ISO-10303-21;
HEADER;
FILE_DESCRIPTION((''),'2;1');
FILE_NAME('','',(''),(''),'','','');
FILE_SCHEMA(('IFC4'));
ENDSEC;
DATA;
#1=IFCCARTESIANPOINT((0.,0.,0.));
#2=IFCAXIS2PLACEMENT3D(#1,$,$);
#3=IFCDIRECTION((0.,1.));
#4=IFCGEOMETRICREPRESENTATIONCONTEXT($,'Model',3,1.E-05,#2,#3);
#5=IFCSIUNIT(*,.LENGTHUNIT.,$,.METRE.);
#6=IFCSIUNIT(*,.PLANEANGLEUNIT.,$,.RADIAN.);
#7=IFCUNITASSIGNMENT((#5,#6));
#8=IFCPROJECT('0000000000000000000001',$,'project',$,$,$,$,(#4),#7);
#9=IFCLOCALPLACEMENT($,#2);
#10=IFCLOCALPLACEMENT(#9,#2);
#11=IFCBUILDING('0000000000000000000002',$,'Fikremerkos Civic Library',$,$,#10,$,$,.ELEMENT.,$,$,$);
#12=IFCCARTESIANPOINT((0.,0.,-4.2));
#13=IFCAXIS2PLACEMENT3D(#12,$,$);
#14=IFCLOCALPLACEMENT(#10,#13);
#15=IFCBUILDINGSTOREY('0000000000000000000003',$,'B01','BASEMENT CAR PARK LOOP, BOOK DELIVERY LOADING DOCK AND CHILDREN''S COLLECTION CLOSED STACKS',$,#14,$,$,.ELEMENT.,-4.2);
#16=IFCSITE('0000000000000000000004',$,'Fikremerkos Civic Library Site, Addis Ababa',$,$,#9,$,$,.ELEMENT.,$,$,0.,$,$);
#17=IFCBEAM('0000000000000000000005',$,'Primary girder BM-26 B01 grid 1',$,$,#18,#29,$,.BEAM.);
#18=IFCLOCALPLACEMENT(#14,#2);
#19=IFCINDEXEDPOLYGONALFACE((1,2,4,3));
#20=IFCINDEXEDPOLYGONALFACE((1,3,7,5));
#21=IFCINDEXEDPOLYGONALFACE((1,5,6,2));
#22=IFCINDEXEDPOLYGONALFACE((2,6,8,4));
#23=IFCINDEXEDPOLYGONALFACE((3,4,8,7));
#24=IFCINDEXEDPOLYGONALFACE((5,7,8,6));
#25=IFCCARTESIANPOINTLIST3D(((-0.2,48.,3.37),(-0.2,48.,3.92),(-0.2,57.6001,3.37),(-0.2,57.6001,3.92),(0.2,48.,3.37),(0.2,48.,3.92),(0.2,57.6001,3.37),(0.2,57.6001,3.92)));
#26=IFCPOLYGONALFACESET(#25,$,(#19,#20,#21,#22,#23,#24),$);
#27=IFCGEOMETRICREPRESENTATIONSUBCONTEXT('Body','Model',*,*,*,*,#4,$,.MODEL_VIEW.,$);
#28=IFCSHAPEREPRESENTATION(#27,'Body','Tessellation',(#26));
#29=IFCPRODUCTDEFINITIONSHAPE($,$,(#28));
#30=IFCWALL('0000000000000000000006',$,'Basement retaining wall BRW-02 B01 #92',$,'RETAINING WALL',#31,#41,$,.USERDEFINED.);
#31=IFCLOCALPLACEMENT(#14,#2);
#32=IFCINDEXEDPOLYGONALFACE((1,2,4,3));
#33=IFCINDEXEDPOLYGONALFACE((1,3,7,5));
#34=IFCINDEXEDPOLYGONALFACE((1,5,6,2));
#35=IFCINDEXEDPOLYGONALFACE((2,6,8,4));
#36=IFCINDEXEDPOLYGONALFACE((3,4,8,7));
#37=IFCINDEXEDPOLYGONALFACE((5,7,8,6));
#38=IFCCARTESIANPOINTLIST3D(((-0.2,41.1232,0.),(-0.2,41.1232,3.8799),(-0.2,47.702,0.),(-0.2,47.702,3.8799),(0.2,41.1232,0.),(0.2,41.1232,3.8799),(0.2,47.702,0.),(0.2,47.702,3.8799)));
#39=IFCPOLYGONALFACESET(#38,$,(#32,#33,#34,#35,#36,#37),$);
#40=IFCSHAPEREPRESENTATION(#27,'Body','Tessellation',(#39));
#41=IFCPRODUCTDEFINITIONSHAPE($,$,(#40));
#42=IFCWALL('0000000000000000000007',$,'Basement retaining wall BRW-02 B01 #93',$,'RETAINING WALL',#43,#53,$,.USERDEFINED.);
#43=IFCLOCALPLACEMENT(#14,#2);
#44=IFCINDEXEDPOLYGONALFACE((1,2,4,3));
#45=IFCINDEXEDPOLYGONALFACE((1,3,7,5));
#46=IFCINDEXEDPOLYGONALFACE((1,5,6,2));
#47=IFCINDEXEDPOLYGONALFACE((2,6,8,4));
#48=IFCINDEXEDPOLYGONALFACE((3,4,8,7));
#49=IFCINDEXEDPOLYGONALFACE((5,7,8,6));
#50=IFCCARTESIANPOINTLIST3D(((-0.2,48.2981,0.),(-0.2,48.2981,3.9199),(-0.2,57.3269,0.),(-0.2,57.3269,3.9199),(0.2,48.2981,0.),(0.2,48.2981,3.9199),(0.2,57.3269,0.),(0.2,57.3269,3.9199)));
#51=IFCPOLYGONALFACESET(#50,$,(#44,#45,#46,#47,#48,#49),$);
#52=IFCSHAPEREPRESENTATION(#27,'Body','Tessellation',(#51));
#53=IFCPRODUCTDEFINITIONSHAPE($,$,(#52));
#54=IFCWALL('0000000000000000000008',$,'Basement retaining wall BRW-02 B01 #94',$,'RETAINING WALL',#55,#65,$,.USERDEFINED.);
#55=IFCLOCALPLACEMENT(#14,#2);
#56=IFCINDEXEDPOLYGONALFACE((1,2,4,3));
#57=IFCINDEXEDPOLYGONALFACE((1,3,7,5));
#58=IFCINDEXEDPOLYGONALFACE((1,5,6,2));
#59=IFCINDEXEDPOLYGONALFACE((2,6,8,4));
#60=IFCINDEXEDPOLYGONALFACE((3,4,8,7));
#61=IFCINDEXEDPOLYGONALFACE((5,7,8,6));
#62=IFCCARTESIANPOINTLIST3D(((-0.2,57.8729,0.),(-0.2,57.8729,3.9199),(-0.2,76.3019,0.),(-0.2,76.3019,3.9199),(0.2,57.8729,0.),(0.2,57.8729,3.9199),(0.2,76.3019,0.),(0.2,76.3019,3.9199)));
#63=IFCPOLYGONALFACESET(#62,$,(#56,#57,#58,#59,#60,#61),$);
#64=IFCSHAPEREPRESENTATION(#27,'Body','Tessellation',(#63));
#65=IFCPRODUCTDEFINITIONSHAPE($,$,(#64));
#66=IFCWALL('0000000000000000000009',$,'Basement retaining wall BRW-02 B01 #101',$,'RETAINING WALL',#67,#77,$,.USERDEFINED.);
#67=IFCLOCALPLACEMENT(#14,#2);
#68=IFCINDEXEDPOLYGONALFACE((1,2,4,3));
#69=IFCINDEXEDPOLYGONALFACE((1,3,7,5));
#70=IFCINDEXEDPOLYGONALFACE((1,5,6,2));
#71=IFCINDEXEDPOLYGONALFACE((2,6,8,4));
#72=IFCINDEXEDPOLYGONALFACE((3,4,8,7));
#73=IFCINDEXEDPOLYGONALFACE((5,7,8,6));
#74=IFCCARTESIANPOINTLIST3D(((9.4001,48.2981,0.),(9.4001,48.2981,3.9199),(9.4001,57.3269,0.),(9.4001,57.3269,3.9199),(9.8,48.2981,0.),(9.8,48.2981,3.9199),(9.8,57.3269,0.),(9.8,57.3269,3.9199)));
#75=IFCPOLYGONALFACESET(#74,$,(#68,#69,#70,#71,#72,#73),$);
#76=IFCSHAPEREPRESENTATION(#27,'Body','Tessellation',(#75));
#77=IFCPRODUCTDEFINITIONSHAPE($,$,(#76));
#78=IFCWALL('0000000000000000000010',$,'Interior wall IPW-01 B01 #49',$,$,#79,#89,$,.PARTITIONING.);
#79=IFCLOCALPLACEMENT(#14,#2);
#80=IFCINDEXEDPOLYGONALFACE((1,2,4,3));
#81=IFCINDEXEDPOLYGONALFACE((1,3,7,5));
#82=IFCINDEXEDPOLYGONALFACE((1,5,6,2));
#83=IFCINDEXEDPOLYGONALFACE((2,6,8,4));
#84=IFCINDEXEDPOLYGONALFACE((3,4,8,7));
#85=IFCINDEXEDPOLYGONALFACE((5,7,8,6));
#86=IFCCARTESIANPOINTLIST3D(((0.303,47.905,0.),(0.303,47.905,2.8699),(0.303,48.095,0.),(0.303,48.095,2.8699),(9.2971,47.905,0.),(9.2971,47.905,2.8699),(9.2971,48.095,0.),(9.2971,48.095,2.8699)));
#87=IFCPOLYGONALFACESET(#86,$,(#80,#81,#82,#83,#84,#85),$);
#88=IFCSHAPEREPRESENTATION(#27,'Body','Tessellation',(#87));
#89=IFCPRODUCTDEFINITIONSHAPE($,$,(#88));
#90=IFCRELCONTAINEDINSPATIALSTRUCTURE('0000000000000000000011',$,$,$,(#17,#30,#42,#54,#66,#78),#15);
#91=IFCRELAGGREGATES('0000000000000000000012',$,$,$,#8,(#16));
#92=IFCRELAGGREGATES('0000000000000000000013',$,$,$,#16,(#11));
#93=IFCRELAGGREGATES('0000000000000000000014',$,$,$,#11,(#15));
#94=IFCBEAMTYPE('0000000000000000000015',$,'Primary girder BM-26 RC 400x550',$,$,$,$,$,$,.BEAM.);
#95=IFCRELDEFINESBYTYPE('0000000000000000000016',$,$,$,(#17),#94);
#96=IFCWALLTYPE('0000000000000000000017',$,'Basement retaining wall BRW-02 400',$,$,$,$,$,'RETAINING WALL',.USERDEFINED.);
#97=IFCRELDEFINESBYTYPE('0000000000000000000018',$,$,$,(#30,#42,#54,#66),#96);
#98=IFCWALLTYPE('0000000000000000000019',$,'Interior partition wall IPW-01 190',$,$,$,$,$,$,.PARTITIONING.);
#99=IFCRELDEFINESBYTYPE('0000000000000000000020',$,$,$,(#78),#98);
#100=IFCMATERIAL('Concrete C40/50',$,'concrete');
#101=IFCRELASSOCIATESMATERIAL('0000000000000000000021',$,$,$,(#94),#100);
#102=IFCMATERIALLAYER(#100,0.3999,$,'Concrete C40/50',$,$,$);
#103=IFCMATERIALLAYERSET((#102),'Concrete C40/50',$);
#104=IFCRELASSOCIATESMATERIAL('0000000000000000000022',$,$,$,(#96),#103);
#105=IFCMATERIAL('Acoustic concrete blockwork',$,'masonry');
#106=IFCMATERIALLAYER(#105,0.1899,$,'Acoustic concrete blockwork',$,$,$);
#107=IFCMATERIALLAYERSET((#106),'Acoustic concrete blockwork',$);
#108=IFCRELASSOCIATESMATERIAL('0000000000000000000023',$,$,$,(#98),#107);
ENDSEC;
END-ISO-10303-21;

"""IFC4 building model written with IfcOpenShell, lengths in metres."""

from ifc_helpers import new_model, si_unit, direction, frame, frame_2d, origin, origin_2d, place, context, subcontext, project, spatial, rectangle, extrude, material, layer, layer_set, material_profile, profile_set, type_object, element, save


model = new_model("IFC4")

# Units and contexts
model_context = context("Model", 3, precision=1e-05, world=origin(), true_north=direction((0.0, 1.0)))
body_context = subcontext(model_context, "Body", "Model", "MODEL_VIEW")
ifc_project = project(units=[si_unit("LENGTHUNIT", "METRE"), si_unit("PLANEANGLEUNIT", "RADIAN")], contexts=[model_context])

# Site, building, storey
site_placement = place(None, origin())
site = spatial("IfcSite", under=ifc_project, at=site_placement, Name="Fikremerkos Civic Library Site, Addis Ababa", CompositionType="ELEMENT", RefElevation=0.0)
building_placement = place(site_placement, origin())
building = spatial("IfcBuilding", under=site, at=building_placement, Name="Fikremerkos Civic Library", CompositionType="ELEMENT")
storey_placement = place(building_placement, frame((0.0, 0.0, -4.2)))
storey = spatial("IfcBuildingStorey", under=building, at=storey_placement, Name="B01", Description="BASEMENT CAR PARK LOOP, BOOK DELIVERY LOADING DOCK AND CHILDREN'S COLLECTION CLOSED STACKS", CompositionType="ELEMENT", Elevation=-4.2)

# Shared definitions
ifc_material_1 = material(Name="Concrete C40/50", Category="concrete")

# Beam
ifc_material_profile_1 = material_profile(ifc_material_1, rectangle(XDim=0.3999, YDim=0.55, at=origin_2d()), Name="RC 400x550")
ifc_profile_set_1 = profile_set([ifc_material_profile_1], Name="Concrete C40/50")
beam_type_1 = type_object("IfcBeamType", Name="Primary girder BM-26 RC 400x550", PredefinedType="BEAM", material=ifc_profile_set_1)
beam_1_placement = place(storey_placement, frame((0.0, 48.0, 3.645), z_axis=(0.0, 1.0, 0.0), x_axis=(-1.0, 0.0, 0.0)))
element("IfcBeam", 1, at=beam_1_placement, inside=storey, type_object=beam_type_1, Name="Primary girder BM-26 B01 grid 1", PredefinedType="BEAM", context=body_context, shape_type="SweptSolid", body=[
    extrude(rectangle(XDim=0.3999, YDim=0.55, at=origin_2d()), origin(), (0.0, 0.0, 1.0), 9.6001),
])

# Walls
ifc_layer_1 = layer(ifc_material_1, 0.3999, Name="Concrete C40/50")
ifc_layer_set_1 = layer_set([ifc_layer_1], Name="Concrete C40/50")
wall_type_1 = type_object("IfcWallType", Name="Basement retaining wall BRW-02 400", ElementType="RETAINING WALL", PredefinedType="USERDEFINED", material=ifc_layer_set_1)
wall_1_placement = place(storey_placement, frame((0.0, 41.123, 0.0), z_axis=(0.0, 0.0, 1.0), x_axis=(0.0, 1.0, 0.0)))
element("IfcWall", 2, at=wall_1_placement, inside=storey, type_object=wall_type_1, Name="Basement retaining wall BRW-02 B01 #92", ObjectType="RETAINING WALL", PredefinedType="USERDEFINED", context=body_context, shape_type="SweptSolid", body=[
    extrude(rectangle(XDim=6.5789, YDim=0.3999, at=frame_2d((3.2896, 0.0))), origin(), (0.0, 0.0, 1.0), 3.8799),
])
wall_2_placement = place(storey_placement, frame((0.0, 48.2981, 0.0), z_axis=(0.0, 0.0, 1.0), x_axis=(0.0, 1.0, 0.0)))
element("IfcWall", 3, at=wall_2_placement, inside=storey, type_object=wall_type_1, Name="Basement retaining wall BRW-02 B01 #93", ObjectType="RETAINING WALL", PredefinedType="USERDEFINED", context=body_context, shape_type="SweptSolid", body=[
    extrude(rectangle(XDim=9.0288, YDim=0.3999, at=frame_2d((4.5144, 0.0))), origin(), (0.0, 0.0, 1.0), 3.9199),
])
wall_3_placement = place(storey_placement, frame((0.0, 57.873, 0.0), z_axis=(0.0, 0.0, 1.0), x_axis=(0.0, 1.0, 0.0)))
element("IfcWall", 4, at=wall_3_placement, inside=storey, type_object=wall_type_1, Name="Basement retaining wall BRW-02 B01 #94", ObjectType="RETAINING WALL", PredefinedType="USERDEFINED", context=body_context, shape_type="SweptSolid", body=[
    extrude(rectangle(XDim=18.429, YDim=0.3999, at=frame_2d((9.2144, 0.0))), origin(), (0.0, 0.0, 1.0), 3.9199),
])
wall_4_placement = place(storey_placement, frame((9.6001, 57.3269, 0.0), z_axis=(0.0, 0.0, 1.0), x_axis=(0.0, -1.0, 0.0)))
element("IfcWall", 5, at=wall_4_placement, inside=storey, type_object=wall_type_1, Name="Basement retaining wall BRW-02 B01 #101", ObjectType="RETAINING WALL", PredefinedType="USERDEFINED", context=body_context, shape_type="SweptSolid", body=[
    extrude(rectangle(XDim=9.0288, YDim=0.3999, at=frame_2d((4.5144, 0.0))), origin(), (0.0, 0.0, 1.0), 3.9199),
])
ifc_material_2 = material(Name="Acoustic concrete blockwork", Category="masonry")
ifc_layer_2 = layer(ifc_material_2, 0.1899, Name="Acoustic concrete blockwork")
ifc_layer_set_2 = layer_set([ifc_layer_2], Name="Acoustic concrete blockwork")
wall_type_2 = type_object("IfcWallType", Name="Interior partition wall IPW-01 190", PredefinedType="PARTITIONING", material=ifc_layer_set_2)
wall_5_placement = place(storey_placement, frame((0.303, 48.0, 0.0), z_axis=(0.0, 0.0, 1.0), x_axis=(1.0, 0.0, 0.0)))
element("IfcWall", 6, at=wall_5_placement, inside=storey, type_object=wall_type_2, Name="Interior wall IPW-01 B01 #49", PredefinedType="PARTITIONING", context=body_context, shape_type="SweptSolid", body=[
    extrude(rectangle(XDim=8.9941, YDim=0.1899, at=frame_2d((4.4971, 0.0))), origin(), (0.0, 0.0, 1.0), 2.8699),
])

save(model, "model.ifc")
